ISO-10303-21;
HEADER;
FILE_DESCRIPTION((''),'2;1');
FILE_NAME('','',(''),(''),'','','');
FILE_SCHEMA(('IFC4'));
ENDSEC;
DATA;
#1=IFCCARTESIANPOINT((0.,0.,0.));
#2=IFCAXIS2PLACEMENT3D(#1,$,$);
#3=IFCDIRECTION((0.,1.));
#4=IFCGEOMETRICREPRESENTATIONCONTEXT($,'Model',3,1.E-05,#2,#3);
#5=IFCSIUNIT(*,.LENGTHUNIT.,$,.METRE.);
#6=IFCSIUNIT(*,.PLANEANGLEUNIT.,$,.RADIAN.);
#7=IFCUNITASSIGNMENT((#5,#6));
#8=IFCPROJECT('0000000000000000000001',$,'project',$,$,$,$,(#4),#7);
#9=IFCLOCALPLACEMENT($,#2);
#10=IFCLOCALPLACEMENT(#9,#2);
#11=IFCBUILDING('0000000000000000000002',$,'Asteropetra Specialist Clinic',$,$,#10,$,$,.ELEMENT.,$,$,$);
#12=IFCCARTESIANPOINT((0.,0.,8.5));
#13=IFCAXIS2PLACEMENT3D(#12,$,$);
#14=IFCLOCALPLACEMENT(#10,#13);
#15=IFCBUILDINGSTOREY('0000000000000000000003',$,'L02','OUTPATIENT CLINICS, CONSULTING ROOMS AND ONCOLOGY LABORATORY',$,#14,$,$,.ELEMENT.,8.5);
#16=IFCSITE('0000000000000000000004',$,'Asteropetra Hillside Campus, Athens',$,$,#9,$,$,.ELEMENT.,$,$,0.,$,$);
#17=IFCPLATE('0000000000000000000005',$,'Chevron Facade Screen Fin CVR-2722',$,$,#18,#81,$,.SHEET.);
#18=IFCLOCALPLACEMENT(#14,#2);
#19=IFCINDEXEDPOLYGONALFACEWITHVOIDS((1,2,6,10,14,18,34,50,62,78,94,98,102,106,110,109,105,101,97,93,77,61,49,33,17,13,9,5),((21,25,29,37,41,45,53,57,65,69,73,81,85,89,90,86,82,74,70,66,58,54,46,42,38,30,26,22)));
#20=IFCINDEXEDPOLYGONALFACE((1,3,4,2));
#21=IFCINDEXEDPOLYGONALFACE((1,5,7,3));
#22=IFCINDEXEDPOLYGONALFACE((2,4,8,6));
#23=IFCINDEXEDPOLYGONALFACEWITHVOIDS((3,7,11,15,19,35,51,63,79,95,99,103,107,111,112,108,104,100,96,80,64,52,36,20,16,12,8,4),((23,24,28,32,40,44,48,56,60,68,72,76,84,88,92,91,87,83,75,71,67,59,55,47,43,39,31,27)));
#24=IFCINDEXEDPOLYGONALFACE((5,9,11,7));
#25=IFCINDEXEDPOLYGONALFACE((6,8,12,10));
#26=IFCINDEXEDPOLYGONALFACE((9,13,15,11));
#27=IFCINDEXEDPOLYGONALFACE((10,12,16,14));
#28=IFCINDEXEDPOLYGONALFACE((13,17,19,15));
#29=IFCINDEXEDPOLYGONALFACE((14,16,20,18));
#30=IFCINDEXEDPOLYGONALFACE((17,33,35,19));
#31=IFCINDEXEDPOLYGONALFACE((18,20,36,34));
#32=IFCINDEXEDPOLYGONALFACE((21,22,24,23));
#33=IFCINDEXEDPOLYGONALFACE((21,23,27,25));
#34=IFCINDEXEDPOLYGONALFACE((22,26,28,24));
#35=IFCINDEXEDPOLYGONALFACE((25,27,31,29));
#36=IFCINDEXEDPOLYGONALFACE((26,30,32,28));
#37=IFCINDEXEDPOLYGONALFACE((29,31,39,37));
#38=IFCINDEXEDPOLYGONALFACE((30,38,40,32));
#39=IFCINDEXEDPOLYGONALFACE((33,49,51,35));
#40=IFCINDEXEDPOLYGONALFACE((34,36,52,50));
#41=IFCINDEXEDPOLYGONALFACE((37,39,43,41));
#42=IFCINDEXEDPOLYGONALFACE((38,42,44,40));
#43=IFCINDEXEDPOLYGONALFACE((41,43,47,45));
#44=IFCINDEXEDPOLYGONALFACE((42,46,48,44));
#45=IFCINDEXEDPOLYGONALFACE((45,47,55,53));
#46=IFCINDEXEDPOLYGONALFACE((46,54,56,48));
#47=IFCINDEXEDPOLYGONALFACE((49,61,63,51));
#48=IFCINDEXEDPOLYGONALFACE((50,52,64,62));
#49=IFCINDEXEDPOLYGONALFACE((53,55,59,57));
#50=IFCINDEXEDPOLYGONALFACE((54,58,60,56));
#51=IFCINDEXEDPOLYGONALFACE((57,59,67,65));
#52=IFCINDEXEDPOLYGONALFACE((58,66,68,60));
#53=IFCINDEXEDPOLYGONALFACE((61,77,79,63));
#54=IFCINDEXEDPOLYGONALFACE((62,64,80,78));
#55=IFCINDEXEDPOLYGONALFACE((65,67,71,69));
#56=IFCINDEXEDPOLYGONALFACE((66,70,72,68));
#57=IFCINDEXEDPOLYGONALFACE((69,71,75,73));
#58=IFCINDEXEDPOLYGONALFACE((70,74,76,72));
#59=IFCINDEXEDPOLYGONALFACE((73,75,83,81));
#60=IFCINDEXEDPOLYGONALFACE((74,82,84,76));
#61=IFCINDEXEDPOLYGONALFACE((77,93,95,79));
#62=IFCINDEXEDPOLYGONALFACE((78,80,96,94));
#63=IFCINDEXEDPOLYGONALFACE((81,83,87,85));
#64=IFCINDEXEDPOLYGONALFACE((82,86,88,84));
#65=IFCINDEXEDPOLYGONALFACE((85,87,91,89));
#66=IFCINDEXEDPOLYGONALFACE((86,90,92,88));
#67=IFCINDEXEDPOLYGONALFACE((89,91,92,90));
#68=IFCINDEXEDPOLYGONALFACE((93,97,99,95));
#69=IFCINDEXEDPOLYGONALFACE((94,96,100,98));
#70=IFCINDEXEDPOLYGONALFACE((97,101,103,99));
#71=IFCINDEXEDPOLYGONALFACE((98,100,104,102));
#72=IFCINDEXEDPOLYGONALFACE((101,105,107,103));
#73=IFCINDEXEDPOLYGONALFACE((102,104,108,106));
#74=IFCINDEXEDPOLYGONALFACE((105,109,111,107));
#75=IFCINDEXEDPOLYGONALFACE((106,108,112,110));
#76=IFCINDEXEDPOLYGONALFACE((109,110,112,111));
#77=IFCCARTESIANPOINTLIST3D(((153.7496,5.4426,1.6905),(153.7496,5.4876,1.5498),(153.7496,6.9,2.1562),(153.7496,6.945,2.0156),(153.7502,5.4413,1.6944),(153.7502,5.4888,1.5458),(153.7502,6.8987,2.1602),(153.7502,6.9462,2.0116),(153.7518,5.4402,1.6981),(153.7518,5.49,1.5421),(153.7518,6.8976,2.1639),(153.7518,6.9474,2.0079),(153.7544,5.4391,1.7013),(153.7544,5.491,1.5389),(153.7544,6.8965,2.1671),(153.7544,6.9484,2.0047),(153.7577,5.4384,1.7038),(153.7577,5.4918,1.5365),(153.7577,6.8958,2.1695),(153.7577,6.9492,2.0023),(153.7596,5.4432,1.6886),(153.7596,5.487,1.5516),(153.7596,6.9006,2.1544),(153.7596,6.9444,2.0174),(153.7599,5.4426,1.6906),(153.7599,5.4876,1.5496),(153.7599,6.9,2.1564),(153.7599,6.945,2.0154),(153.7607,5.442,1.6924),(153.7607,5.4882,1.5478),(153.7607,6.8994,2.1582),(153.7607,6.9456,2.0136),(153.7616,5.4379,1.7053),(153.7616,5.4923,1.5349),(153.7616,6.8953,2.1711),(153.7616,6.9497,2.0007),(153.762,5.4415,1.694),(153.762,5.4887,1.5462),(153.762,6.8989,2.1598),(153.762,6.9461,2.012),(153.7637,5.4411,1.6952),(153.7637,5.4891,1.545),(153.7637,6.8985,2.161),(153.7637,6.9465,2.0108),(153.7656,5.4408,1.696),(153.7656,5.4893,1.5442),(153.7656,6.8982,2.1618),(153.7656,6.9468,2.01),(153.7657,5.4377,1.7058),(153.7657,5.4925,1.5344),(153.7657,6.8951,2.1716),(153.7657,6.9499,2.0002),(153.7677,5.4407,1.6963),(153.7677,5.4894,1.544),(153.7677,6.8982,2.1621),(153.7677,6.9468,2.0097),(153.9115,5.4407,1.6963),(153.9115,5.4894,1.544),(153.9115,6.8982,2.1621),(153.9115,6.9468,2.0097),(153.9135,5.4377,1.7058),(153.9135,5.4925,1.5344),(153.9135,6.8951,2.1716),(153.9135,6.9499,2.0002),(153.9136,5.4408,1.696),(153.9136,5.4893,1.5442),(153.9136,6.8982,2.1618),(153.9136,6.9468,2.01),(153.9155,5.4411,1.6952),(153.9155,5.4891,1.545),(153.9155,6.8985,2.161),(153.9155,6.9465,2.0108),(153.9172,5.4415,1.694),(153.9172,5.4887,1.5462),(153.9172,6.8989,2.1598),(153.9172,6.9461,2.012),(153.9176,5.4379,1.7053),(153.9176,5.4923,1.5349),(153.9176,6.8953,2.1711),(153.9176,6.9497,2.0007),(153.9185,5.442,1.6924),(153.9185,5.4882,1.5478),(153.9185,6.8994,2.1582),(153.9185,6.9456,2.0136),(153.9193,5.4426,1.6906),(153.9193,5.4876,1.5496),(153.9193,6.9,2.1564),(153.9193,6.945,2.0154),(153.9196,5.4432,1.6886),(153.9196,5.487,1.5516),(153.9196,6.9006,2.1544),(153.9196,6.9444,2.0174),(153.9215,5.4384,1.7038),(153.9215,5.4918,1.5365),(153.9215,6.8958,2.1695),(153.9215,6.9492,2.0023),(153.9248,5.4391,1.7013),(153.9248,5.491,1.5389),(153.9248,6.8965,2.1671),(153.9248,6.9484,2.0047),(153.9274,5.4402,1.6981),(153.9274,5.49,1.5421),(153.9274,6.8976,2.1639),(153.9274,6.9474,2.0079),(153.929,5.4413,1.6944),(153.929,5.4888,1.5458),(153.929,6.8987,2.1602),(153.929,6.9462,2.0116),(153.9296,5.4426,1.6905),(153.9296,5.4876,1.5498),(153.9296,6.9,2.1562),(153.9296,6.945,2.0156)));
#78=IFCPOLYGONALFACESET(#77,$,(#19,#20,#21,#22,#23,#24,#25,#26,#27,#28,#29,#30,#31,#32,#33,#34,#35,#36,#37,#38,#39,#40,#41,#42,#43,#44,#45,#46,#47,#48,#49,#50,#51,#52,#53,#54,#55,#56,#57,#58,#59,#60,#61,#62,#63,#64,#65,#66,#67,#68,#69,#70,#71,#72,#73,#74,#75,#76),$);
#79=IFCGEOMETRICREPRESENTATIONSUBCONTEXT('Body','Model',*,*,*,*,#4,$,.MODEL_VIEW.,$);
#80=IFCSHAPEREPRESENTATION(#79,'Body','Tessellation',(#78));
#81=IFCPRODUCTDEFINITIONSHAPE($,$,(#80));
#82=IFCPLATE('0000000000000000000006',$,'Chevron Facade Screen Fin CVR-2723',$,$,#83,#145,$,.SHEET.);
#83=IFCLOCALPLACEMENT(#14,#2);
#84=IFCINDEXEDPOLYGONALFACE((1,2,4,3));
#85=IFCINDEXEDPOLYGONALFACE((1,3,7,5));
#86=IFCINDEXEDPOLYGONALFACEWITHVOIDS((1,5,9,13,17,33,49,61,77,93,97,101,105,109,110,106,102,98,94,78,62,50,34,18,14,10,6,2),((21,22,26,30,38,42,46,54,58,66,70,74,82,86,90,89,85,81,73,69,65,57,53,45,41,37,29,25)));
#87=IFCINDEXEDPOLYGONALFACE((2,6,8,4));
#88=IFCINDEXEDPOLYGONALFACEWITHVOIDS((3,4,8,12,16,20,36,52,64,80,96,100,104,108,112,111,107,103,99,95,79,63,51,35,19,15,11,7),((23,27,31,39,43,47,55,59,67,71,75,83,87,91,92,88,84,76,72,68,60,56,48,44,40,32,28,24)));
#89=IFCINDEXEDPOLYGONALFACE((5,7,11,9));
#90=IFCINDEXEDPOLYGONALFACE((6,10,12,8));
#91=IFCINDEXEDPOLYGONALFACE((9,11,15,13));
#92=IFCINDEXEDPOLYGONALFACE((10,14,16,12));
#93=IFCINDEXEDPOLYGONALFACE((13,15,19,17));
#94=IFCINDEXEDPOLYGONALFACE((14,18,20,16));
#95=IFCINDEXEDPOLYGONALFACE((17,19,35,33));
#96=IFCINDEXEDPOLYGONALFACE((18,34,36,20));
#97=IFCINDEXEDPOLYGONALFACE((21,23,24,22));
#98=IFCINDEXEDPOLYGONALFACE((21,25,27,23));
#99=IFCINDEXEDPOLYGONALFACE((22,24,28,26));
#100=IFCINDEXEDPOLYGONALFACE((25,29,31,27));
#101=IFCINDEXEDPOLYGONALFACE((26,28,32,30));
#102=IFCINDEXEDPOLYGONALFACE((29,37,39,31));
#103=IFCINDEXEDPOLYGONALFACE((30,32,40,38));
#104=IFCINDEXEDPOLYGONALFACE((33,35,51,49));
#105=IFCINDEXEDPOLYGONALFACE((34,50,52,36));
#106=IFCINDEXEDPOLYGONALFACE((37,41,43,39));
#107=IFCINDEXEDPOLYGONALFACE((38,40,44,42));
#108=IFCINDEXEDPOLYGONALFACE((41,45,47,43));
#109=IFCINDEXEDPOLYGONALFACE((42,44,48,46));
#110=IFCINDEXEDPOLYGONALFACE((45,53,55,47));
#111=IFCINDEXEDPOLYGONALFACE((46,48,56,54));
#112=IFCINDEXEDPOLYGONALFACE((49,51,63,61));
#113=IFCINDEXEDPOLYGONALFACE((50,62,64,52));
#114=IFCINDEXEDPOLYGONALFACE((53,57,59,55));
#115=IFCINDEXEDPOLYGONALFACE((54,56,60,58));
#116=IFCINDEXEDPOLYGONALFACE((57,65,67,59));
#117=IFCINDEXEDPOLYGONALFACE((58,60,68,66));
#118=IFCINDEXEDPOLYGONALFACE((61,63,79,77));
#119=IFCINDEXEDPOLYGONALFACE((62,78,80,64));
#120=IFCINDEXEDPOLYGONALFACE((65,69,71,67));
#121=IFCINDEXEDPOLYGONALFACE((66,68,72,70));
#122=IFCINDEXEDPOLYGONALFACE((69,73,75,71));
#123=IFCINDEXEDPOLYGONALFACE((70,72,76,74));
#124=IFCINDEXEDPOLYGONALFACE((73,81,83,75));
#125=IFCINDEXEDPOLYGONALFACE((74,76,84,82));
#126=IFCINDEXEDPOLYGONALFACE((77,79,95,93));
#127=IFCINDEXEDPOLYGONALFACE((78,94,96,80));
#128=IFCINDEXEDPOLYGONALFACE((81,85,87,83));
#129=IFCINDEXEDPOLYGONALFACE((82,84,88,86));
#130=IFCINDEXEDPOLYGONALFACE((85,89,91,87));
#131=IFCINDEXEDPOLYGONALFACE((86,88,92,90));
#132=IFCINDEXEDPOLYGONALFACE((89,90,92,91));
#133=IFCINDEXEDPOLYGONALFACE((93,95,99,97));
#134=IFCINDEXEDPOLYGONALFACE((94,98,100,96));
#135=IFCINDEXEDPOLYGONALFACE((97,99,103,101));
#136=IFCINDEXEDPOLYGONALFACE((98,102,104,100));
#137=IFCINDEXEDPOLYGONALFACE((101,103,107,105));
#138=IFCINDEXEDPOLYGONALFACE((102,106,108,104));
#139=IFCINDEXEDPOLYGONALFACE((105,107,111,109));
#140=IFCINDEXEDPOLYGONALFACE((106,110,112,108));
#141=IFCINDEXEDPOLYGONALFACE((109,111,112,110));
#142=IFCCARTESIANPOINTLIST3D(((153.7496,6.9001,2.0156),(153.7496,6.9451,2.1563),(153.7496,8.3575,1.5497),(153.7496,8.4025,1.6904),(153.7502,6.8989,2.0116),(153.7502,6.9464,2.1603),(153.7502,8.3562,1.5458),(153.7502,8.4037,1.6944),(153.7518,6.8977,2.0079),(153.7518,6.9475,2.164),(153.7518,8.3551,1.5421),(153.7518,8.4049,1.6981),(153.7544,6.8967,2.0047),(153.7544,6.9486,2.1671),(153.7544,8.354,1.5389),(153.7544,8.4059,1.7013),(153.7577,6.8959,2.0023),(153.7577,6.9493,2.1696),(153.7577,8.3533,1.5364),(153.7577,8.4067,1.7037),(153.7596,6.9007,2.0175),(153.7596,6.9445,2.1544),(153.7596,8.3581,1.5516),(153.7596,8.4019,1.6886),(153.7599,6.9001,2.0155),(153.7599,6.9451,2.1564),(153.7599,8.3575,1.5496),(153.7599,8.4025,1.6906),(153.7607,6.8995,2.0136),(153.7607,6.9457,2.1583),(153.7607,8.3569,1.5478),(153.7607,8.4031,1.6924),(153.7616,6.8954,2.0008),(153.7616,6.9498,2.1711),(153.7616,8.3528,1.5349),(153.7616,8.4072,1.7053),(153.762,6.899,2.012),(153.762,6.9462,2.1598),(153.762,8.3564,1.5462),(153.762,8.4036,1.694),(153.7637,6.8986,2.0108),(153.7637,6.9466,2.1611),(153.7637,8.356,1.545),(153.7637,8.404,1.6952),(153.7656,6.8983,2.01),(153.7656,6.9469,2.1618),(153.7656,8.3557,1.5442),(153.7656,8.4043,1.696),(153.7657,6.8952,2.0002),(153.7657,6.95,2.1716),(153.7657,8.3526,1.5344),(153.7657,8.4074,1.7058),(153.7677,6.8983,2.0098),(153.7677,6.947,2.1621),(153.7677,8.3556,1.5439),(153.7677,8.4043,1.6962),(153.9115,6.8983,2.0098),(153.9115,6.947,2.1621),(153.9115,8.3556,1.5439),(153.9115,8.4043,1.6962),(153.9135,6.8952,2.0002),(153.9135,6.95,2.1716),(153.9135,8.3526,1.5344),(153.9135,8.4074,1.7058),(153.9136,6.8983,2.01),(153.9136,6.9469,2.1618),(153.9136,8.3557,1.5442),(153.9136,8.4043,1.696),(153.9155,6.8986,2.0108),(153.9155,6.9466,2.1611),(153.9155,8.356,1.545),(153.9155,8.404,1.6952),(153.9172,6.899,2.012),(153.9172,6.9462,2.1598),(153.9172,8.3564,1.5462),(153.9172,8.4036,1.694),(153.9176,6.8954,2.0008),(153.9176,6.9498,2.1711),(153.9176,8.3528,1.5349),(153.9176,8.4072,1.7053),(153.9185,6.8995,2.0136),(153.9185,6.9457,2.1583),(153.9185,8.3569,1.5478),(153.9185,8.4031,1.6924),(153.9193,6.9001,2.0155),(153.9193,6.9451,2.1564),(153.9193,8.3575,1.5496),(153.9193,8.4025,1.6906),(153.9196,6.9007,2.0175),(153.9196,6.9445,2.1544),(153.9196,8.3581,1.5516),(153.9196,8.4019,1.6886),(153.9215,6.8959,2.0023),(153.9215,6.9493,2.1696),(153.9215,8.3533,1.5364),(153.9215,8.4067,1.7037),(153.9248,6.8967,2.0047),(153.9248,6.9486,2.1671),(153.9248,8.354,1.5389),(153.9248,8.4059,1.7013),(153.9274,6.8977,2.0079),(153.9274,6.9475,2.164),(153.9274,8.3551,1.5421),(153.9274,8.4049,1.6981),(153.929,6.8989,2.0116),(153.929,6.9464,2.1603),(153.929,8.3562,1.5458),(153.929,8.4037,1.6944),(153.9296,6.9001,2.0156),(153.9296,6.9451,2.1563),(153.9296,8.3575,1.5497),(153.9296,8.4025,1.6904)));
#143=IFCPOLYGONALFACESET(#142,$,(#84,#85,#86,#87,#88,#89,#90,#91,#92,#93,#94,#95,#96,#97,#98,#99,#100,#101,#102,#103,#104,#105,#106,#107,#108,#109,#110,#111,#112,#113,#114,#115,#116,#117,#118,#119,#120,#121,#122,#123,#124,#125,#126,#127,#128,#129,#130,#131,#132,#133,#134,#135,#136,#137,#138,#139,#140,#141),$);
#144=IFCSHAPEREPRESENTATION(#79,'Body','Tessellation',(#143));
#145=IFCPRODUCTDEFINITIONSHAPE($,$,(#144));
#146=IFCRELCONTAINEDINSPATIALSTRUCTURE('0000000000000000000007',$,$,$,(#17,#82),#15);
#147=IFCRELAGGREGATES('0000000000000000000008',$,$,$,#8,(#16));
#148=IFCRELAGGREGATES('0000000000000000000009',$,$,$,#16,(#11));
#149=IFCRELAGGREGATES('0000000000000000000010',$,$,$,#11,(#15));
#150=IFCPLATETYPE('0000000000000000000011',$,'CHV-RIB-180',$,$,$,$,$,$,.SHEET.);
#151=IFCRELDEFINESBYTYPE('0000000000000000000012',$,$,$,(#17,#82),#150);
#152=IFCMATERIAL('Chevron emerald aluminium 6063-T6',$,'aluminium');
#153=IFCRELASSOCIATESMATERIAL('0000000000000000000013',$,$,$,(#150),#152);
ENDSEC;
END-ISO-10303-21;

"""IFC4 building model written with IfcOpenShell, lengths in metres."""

from ifc_helpers import new_model, si_unit, direction, frame, origin, origin_2d, place, context, subcontext, project, spatial, hollow_rectangle, extrude, material, material_profile, profile_set, type_object, element, save


model = new_model("IFC4")

# Units and contexts
model_context = context("Model", 3, precision=1e-05, world=origin(), true_north=direction((0.0, 1.0)))
body_context = subcontext(model_context, "Body", "Model", "MODEL_VIEW")
ifc_project = project(units=[si_unit("LENGTHUNIT", "METRE"), si_unit("PLANEANGLEUNIT", "RADIAN")], contexts=[model_context])

# Site, building, storey
site_placement = place(None, origin())
site = spatial("IfcSite", under=ifc_project, at=site_placement, Name="Asteropetra Hillside Campus, Athens", CompositionType="ELEMENT", RefElevation=0.0)
building_placement = place(site_placement, origin())
building = spatial("IfcBuilding", under=site, at=building_placement, Name="Asteropetra Specialist Clinic", CompositionType="ELEMENT")
storey_placement = place(building_placement, frame((0.0, 0.0, 8.5)))
storey = spatial("IfcBuildingStorey", under=building, at=storey_placement, Name="L02", Description="OUTPATIENT CLINICS, CONSULTING ROOMS AND ONCOLOGY LABORATORY", CompositionType="ELEMENT", Elevation=8.5)

# Plates
ifc_material_1 = material(Name="Chevron emerald aluminium 6063-T6", Category="aluminium")
ifc_material_profile_1 = material_profile(ifc_material_1, hollow_rectangle(XDim=0.1799, YDim=0.1799, WallThickness=0.01, InnerFilletRadius=0.0081, OuterFilletRadius=0.0161, at=origin_2d()), Name="SHS 180x180x10.0")
ifc_profile_set_1 = profile_set([ifc_material_profile_1], Name="Chevron emerald aluminium 6063-T6")
plate_type = type_object("IfcPlateType", Name="CHV-RIB-180", PredefinedType="SHEET", material=ifc_profile_set_1)
for number, where, z_axis, x_axis, name in (
    (1, (153.8396, 5.4651, 1.6201), (0.0, 0.952535, 0.304428), (-1.0, 0.0, 0.0), "Chevron Facade Screen Fin CVR-2722"),
    (2, (153.8396, 6.9226, 2.0859), (0.0, 0.95252, -0.304475), (-1.0, 0.0, 0.0), "Chevron Facade Screen Fin CVR-2723"),
):
    element("IfcPlate", number, at=place(storey_placement, frame(where, z_axis=z_axis, x_axis=x_axis)), inside=storey, type_object=plate_type, Name=name, PredefinedType="SHEET", context=body_context, shape_type="SweptSolid", body=[
        extrude(hollow_rectangle(XDim=0.1799, YDim=0.1799, WallThickness=0.01, InnerFilletRadius=0.0081, OuterFilletRadius=0.0161, at=origin_2d()), origin(), (0.0, 0.0, 1.0), 1.53),
    ])

save(model, "model.ifc")
